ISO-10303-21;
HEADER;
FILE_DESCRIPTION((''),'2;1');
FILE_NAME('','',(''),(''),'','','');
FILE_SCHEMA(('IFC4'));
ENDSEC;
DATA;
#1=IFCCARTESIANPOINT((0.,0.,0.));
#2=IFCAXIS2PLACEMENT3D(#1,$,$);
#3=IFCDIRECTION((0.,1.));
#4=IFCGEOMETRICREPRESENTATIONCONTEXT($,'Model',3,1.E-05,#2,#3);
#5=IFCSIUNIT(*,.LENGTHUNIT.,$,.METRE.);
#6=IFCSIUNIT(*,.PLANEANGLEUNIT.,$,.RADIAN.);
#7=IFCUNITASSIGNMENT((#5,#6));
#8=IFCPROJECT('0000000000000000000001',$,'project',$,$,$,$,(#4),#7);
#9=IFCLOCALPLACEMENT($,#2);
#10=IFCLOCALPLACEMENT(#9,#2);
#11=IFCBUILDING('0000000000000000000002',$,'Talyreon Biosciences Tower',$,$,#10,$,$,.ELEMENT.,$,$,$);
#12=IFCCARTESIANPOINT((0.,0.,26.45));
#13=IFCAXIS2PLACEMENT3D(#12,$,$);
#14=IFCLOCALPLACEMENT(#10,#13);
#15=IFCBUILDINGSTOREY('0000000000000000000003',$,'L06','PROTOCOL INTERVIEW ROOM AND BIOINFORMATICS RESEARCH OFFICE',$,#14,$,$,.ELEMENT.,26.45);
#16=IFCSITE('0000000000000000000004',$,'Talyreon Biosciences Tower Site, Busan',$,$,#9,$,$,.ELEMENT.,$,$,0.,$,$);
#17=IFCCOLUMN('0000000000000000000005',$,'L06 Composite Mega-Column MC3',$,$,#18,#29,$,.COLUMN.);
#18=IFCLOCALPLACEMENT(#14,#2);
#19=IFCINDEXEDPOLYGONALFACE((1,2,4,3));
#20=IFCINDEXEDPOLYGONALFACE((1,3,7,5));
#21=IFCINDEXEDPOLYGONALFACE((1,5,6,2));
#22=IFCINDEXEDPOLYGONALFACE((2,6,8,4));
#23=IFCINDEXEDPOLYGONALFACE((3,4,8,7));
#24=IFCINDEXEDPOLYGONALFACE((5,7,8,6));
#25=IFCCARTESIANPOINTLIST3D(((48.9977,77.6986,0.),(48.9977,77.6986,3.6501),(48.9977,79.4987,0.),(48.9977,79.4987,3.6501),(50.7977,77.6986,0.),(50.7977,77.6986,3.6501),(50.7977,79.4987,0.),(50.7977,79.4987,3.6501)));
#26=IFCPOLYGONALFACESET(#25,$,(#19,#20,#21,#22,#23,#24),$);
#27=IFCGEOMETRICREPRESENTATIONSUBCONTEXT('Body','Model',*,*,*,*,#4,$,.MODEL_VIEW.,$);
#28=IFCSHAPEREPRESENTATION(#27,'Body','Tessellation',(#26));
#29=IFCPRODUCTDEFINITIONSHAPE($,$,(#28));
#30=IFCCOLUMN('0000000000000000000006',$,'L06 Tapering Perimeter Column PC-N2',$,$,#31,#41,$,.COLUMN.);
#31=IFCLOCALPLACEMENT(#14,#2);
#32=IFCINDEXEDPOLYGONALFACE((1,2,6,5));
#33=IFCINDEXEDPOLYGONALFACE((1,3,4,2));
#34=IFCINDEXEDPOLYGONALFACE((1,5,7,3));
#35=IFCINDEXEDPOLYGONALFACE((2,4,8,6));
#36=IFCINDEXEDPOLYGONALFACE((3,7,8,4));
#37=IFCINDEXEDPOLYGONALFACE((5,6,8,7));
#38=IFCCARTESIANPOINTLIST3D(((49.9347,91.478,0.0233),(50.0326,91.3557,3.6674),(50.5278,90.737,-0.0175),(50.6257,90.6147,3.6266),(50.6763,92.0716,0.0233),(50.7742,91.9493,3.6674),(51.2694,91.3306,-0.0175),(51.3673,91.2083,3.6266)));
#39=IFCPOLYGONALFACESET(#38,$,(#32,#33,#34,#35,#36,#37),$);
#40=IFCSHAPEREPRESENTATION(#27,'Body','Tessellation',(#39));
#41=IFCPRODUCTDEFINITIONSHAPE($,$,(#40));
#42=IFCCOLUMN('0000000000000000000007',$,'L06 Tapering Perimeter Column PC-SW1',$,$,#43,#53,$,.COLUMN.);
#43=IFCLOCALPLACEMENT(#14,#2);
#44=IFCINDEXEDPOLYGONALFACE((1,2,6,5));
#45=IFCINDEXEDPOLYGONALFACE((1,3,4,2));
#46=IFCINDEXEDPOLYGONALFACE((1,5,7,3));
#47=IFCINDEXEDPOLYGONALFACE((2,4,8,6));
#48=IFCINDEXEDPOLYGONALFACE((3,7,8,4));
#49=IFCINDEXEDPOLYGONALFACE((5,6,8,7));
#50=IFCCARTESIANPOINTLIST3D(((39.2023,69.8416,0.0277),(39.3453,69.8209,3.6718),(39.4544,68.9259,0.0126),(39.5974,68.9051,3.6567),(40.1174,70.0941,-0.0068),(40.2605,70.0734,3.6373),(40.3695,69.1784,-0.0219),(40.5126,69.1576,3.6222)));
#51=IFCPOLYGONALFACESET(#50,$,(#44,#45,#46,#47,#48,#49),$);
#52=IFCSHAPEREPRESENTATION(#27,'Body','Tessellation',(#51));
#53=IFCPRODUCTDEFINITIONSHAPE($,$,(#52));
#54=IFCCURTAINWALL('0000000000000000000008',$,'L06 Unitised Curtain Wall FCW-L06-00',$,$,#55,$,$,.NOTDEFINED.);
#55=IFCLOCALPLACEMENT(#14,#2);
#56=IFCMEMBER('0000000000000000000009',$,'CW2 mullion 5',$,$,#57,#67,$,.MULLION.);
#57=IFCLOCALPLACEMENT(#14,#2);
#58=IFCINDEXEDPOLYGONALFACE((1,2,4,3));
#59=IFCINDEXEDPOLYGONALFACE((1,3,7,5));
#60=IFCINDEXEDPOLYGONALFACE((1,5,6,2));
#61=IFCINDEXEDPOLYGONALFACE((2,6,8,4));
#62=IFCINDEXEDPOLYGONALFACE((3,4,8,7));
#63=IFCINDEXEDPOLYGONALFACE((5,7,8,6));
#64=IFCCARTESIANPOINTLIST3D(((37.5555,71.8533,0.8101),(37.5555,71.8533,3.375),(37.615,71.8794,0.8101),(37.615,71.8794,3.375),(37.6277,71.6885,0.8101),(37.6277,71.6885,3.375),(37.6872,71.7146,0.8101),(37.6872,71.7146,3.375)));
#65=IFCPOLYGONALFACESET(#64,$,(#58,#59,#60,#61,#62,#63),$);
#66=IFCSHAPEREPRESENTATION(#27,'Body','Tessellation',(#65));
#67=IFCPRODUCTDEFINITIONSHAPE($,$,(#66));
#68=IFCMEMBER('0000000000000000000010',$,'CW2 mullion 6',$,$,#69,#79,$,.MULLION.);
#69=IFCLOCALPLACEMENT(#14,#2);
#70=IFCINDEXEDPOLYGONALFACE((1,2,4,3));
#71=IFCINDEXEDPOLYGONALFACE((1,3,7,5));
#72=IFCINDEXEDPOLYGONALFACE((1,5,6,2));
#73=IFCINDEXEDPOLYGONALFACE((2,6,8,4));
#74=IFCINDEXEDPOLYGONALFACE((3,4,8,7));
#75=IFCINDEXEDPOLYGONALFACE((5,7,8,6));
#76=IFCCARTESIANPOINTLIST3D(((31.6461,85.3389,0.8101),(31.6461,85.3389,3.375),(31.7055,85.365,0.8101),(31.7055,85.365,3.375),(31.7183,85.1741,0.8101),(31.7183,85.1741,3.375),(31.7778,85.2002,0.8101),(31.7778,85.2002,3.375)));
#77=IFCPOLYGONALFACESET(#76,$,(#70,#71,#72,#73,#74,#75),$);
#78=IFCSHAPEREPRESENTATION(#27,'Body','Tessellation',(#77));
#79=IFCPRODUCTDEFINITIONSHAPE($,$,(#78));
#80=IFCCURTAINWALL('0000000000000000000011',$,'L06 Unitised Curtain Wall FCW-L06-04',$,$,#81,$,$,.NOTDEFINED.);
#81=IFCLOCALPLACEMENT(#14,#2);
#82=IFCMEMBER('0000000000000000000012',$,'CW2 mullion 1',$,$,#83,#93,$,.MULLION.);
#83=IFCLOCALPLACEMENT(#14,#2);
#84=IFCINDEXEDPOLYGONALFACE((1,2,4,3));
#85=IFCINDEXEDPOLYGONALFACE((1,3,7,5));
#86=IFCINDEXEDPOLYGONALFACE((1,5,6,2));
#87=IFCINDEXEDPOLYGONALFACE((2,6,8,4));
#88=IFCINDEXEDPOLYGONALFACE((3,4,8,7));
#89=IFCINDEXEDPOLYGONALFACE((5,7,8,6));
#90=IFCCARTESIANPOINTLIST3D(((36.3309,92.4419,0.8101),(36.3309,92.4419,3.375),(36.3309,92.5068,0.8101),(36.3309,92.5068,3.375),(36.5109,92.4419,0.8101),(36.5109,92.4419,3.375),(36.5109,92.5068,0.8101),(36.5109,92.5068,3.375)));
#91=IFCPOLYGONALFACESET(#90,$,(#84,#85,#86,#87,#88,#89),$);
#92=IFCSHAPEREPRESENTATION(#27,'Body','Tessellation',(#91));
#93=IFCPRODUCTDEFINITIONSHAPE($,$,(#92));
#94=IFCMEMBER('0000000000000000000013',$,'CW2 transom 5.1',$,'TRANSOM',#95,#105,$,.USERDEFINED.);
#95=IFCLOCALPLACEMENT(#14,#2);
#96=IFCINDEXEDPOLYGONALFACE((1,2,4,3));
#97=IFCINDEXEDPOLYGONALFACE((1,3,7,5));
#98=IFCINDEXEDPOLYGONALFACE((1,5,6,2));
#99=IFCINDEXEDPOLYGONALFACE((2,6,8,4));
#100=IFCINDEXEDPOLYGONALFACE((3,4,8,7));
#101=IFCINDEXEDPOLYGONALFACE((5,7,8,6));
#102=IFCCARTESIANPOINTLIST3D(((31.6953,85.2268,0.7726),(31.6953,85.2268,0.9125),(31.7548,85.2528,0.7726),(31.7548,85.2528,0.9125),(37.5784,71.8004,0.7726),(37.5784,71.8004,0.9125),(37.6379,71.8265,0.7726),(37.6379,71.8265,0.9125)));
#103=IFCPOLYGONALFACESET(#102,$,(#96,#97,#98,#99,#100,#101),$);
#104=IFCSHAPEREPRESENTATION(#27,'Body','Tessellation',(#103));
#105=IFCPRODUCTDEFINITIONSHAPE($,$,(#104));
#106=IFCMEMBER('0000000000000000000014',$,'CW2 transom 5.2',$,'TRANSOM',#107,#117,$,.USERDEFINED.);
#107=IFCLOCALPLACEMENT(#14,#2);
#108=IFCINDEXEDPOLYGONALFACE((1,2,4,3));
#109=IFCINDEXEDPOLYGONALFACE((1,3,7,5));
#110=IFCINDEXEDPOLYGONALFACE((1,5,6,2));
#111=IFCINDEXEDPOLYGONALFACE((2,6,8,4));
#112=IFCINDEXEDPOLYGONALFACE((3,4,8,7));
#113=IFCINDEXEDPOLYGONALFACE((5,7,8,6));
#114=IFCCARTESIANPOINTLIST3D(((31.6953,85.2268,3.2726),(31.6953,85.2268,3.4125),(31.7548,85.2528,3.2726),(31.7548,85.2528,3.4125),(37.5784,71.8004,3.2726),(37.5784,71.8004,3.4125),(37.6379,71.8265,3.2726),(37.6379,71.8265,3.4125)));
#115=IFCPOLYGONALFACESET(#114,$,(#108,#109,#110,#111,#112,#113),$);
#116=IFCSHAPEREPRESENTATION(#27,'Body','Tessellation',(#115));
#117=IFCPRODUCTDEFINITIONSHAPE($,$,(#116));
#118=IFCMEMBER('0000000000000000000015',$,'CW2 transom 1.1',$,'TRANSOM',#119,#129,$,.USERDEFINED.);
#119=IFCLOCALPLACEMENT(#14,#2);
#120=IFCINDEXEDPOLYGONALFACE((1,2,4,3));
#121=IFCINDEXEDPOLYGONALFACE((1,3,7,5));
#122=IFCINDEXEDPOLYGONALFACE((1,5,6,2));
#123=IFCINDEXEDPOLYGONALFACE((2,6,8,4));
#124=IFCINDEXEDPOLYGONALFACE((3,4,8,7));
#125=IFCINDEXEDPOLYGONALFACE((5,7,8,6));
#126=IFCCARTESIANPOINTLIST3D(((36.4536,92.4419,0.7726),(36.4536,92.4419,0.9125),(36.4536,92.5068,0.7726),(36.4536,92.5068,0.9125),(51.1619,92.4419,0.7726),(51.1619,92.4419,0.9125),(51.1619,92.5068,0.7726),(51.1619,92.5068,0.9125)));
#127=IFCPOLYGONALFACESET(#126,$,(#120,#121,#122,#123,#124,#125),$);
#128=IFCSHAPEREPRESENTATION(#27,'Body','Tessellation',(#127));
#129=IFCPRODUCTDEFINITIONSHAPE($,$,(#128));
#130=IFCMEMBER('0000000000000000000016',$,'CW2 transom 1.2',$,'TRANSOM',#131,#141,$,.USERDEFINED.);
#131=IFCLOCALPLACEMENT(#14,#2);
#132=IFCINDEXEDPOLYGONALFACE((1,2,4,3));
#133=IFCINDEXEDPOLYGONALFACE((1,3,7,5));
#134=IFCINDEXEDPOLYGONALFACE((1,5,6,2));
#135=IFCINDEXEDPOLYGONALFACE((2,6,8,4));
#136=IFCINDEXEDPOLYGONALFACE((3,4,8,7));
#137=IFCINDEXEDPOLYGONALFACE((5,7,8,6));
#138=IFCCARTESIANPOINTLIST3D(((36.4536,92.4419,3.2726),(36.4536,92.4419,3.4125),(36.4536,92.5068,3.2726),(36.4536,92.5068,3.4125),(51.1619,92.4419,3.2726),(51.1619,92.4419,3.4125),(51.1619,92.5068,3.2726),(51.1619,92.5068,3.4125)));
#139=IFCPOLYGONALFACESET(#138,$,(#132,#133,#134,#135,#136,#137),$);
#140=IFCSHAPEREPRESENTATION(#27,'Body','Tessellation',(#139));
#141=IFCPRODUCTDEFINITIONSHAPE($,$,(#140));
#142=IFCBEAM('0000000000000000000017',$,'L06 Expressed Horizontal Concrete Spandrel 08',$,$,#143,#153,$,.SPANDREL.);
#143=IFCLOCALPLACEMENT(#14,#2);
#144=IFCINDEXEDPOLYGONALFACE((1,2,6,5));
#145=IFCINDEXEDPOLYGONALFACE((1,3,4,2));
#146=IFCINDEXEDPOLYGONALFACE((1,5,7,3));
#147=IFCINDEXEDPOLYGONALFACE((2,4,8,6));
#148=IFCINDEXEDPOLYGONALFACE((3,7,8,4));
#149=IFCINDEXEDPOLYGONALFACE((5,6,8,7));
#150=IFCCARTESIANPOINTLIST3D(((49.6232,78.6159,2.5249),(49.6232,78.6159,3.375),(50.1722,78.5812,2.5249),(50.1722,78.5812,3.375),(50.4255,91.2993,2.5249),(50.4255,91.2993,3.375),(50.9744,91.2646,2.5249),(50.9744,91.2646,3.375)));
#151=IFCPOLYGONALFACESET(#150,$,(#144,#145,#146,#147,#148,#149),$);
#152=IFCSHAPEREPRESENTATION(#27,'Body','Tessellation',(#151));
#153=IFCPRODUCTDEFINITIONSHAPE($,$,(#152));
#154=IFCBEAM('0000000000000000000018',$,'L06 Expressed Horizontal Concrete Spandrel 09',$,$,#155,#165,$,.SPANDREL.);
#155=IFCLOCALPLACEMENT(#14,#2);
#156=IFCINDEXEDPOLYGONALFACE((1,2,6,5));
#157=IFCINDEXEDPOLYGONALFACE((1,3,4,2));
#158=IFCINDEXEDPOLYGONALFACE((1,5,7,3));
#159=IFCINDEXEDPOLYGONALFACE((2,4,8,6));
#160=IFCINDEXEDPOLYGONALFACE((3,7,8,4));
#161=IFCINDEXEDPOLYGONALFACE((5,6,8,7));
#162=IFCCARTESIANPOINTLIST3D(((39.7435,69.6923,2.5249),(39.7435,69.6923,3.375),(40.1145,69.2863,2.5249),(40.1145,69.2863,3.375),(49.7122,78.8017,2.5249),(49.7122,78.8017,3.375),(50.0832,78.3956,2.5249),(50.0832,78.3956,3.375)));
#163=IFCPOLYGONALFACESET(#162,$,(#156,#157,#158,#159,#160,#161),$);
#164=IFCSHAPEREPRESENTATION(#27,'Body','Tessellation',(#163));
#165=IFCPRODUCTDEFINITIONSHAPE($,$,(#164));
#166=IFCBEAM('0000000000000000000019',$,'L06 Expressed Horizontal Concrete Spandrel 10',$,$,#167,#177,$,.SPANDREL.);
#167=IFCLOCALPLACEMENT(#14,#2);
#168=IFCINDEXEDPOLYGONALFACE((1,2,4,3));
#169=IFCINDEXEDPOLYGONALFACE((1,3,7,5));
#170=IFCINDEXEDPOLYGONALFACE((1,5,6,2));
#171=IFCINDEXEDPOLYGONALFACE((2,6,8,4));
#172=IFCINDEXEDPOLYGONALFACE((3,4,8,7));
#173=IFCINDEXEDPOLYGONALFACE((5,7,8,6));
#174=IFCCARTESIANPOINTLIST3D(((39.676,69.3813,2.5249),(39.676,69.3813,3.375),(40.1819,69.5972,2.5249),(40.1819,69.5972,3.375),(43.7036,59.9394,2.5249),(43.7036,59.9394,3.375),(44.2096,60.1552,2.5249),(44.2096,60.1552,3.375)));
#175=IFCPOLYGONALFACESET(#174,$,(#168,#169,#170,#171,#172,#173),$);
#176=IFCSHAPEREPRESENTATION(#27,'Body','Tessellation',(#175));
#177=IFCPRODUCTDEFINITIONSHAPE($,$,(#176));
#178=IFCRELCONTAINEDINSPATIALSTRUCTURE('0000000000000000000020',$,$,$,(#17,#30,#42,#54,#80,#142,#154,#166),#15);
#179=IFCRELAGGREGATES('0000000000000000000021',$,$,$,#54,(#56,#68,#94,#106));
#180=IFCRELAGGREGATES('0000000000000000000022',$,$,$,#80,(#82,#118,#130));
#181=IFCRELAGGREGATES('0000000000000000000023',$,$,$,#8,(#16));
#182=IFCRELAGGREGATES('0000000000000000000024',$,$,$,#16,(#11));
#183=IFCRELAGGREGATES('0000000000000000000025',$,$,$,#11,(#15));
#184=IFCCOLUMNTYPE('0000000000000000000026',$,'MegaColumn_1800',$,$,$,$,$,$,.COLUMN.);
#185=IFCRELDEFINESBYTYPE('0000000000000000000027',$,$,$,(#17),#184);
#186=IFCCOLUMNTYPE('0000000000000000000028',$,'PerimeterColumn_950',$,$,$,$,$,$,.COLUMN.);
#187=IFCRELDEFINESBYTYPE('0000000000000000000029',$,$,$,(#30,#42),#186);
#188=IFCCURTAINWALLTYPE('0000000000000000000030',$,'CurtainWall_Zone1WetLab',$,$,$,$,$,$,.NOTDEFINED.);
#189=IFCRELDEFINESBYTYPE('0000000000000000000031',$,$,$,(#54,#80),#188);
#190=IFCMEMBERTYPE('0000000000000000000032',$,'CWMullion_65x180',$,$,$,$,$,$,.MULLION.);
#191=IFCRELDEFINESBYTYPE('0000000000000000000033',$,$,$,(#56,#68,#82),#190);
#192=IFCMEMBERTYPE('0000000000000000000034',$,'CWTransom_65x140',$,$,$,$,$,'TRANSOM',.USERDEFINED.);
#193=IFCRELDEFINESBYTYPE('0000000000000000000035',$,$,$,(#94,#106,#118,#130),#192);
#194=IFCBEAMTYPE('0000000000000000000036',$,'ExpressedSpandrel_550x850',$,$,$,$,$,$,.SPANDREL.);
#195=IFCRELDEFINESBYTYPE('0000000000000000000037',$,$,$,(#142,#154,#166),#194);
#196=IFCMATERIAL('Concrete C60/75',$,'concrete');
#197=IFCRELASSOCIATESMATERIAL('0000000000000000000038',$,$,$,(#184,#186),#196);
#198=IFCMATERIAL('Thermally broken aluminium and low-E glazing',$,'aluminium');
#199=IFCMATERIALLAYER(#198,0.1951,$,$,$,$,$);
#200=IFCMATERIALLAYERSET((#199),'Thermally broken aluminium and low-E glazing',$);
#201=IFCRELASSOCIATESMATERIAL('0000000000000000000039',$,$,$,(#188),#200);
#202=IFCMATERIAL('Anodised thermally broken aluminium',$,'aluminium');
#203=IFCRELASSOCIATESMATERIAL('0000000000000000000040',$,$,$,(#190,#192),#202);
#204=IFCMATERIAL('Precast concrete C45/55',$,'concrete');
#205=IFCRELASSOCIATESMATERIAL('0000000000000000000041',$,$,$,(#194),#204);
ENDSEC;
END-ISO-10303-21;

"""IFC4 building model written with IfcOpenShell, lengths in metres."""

from ifc_helpers import new_model, si_unit, direction, frame, origin, origin_2d, place, context, subcontext, project, spatial, rectangle, extrude, material, layer, layer_set, material_profile, profile_set, type_object, element, aggregate, save


model = new_model("IFC4")

# Units and contexts
model_context = context("Model", 3, precision=1e-05, world=origin(), true_north=direction((0.0, 1.0)))
body_context = subcontext(model_context, "Body", "Model", "MODEL_VIEW")
ifc_project = project(units=[si_unit("LENGTHUNIT", "METRE"), si_unit("PLANEANGLEUNIT", "RADIAN")], contexts=[model_context])

# Site, building, storey
site_placement = place(None, origin())
site = spatial("IfcSite", under=ifc_project, at=site_placement, Name="Talyreon Biosciences Tower Site, Busan", CompositionType="ELEMENT", RefElevation=0.0)
building_placement = place(site_placement, origin())
building = spatial("IfcBuilding", under=site, at=building_placement, Name="Talyreon Biosciences Tower", CompositionType="ELEMENT")
storey_placement = place(building_placement, frame((0.0, 0.0, 26.45)))
storey = spatial("IfcBuildingStorey", under=building, at=storey_placement, Name="L06", Description="PROTOCOL INTERVIEW ROOM AND BIOINFORMATICS RESEARCH OFFICE", CompositionType="ELEMENT", Elevation=26.45)

# Columns
ifc_material_1 = material(Name="Concrete C60/75", Category="concrete")
ifc_material_profile_1 = material_profile(ifc_material_1, rectangle(XDim=1.8, YDim=1.8, at=origin_2d()), Name="RC 1800x1800")
ifc_profile_set_1 = profile_set([ifc_material_profile_1], Name="Concrete C60/75")
column_type_1 = type_object("IfcColumnType", Name="MegaColumn_1800", PredefinedType="COLUMN", material=ifc_profile_set_1)
column_1_placement = place(storey_placement, frame((49.8977, 78.5986, 0.0), z_axis=(0.0, 0.0, 1.0), x_axis=(1.0, 0.0, 0.0)))
element("IfcColumn", 1, at=column_1_placement, inside=storey, type_object=column_type_1, Name="L06 Composite Mega-Column MC3", PredefinedType="COLUMN", context=body_context, shape_type="SweptSolid", body=[
    extrude(rectangle(XDim=1.8, YDim=1.8, at=origin_2d()), origin(), (0.0, 0.0, 1.0), 3.6501),
])
ifc_material_profile_2 = material_profile(ifc_material_1, rectangle(XDim=0.95, YDim=0.95, at=origin_2d()), Name="RC 950x950")
ifc_profile_set_2 = profile_set([ifc_material_profile_2], Name="Concrete C60/75")
column_type_2 = type_object("IfcColumnType", Name="PerimeterColumn_950", PredefinedType="COLUMN", material=ifc_profile_set_2)
column_2_placement = place(storey_placement, frame((50.6021, 91.4043, 0.0029), z_axis=(0.026841, -0.033535, 0.999077), x_axis=(-0.780717, -0.624885, 0.0)))
element("IfcColumn", 2, at=column_2_placement, inside=storey, type_object=column_type_2, Name="L06 Tapering Perimeter Column PC-N2", PredefinedType="COLUMN", context=body_context, shape_type="SweptSolid", body=[
    extrude(rectangle(XDim=0.95, YDim=0.95, at=origin_2d()), origin(), (0.0, 0.0, 1.0), 3.6475),
])
column_3_placement = place(storey_placement, frame((39.7859, 69.51, 0.0029), z_axis=(0.039229, -0.00569, 0.999214), x_axis=(0.963342, 0.265807, -0.036307)))
element("IfcColumn", 3, at=column_3_placement, inside=storey, type_object=column_type_2, Name="L06 Tapering Perimeter Column PC-SW1", PredefinedType="COLUMN", context=body_context, shape_type="SweptSolid", body=[
    extrude(rectangle(XDim=0.95, YDim=0.95, at=origin_2d()), origin(), (0.0, 0.0, 1.0), 3.647),
])

# Curtain wall, members
ifc_material_2 = material(Name="Thermally broken aluminium and low-E glazing", Category="aluminium")
ifc_layer_1 = layer(ifc_material_2, 0.1951)
ifc_layer_set_1 = layer_set([ifc_layer_1], Name="Thermally broken aluminium and low-E glazing")
curtain_wall_type = type_object("IfcCurtainWallType", Name="CurtainWall_Zone1WetLab", PredefinedType="NOTDEFINED", material=ifc_layer_set_1)
curtain_wall_1_placement = place(storey_placement, origin())
curtain_wall_1 = element("IfcCurtainWall", 4, at=curtain_wall_1_placement, inside=storey, type_object=curtain_wall_type, Name="L06 Unitised Curtain Wall FCW-L06-00", PredefinedType="NOTDEFINED")
ifc_material_3 = material(Name="Anodised thermally broken aluminium", Category="aluminium")
ifc_material_profile_3 = material_profile(ifc_material_3, rectangle(XDim=0.0649, YDim=0.1799, at=origin_2d()), Name="ALUM MULLION 65x180")
ifc_profile_set_3 = profile_set([ifc_material_profile_3], Name="Anodised thermally broken aluminium")
member_type_1 = type_object("IfcMemberType", Name="CWMullion_65x180", PredefinedType="MULLION", material=ifc_profile_set_3)
member_1_placement = place(storey_placement, frame((37.6213, 71.7839, 0.8101), z_axis=(0.0, 0.0, 1.0), x_axis=(-0.915927, -0.401345, 0.0)))
member_1 = element("IfcMember", 5, at=member_1_placement, type_object=member_type_1, Name="CW2 mullion 5", PredefinedType="MULLION", context=body_context, shape_type="SweptSolid", body=[
    extrude(rectangle(XDim=0.0649, YDim=0.1799, at=origin_2d()), origin(), (0.0, 0.0, 1.0), 2.5649),
])
member_2_placement = place(storey_placement, frame((31.7119, 85.2695, 0.8101), z_axis=(0.0, 0.0, 1.0), x_axis=(-0.915927, -0.401345, 0.0)))
member_2 = element("IfcMember", 6, at=member_2_placement, type_object=member_type_1, Name="CW2 mullion 6", PredefinedType="MULLION", context=body_context, shape_type="SweptSolid", body=[
    extrude(rectangle(XDim=0.0649, YDim=0.1799, at=origin_2d()), origin(), (0.0, 0.0, 1.0), 2.5649),
])

# Curtain wall, member
curtain_wall_2_placement = place(storey_placement, origin())
curtain_wall_2 = element("IfcCurtainWall", 7, at=curtain_wall_2_placement, inside=storey, type_object=curtain_wall_type, Name="L06 Unitised Curtain Wall FCW-L06-04", PredefinedType="NOTDEFINED")
member_3_placement = place(storey_placement, frame((36.4209, 92.4744, 0.8101), z_axis=(0.0, 0.0, 1.0), x_axis=(0.0, 1.0, 0.0)))
member_3 = element("IfcMember", 8, at=member_3_placement, type_object=member_type_1, Name="CW2 mullion 1", PredefinedType="MULLION", context=body_context, shape_type="SweptSolid", body=[
    extrude(rectangle(XDim=0.0649, YDim=0.1799, at=origin_2d()), origin(), (0.0, 0.0, 1.0), 2.5649),
])

# Members
ifc_material_profile_4 = material_profile(ifc_material_3, rectangle(XDim=0.0649, YDim=0.1399, at=origin_2d()), Name="ALUM TRANSOM 65x140")
ifc_profile_set_4 = profile_set([ifc_material_profile_4], Name="Anodised thermally broken aluminium")
member_type_2 = type_object("IfcMemberType", Name="CWTransom_65x140", ElementType="TRANSOM", PredefinedType="USERDEFINED", material=ifc_profile_set_4)
member_4_placement = place(storey_placement, frame((37.6082, 71.8135, 0.8425), z_axis=(-0.401338, 0.91593, 0.0), x_axis=(-0.91593, -0.401338, 0.0)))
member_4 = element("IfcMember", 9, at=member_4_placement, type_object=member_type_2, Name="CW2 transom 5.1", ObjectType="TRANSOM", PredefinedType="USERDEFINED", context=body_context, shape_type="SweptSolid", body=[
    extrude(rectangle(XDim=0.0649, YDim=0.1399, at=origin_2d()), origin(), (0.0, 0.0, 1.0), 14.6587),
])
member_5_placement = place(storey_placement, frame((37.6082, 71.8135, 3.3425), z_axis=(-0.401338, 0.91593, 0.0), x_axis=(-0.91593, -0.401338, 0.0)))
member_5 = element("IfcMember", 10, at=member_5_placement, type_object=member_type_2, Name="CW2 transom 5.2", ObjectType="TRANSOM", PredefinedType="USERDEFINED", context=body_context, shape_type="SweptSolid", body=[
    extrude(rectangle(XDim=0.0649, YDim=0.1399, at=origin_2d()), origin(), (0.0, 0.0, 1.0), 14.6587),
])
member_6_placement = place(storey_placement, frame((36.4536, 92.4744, 0.8425), z_axis=(1.0, 0.0, 0.0), x_axis=(0.0, 1.0, 0.0)))
member_6 = element("IfcMember", 11, at=member_6_placement, type_object=member_type_2, Name="CW2 transom 1.1", ObjectType="TRANSOM", PredefinedType="USERDEFINED", context=body_context, shape_type="SweptSolid", body=[
    extrude(rectangle(XDim=0.0649, YDim=0.1399, at=origin_2d()), origin(), (0.0, 0.0, 1.0), 14.7083),
])
member_7_placement = place(storey_placement, frame((36.4536, 92.4744, 3.3425), z_axis=(1.0, 0.0, 0.0), x_axis=(0.0, 1.0, 0.0)))
member_7 = element("IfcMember", 12, at=member_7_placement, type_object=member_type_2, Name="CW2 transom 1.2", ObjectType="TRANSOM", PredefinedType="USERDEFINED", context=body_context, shape_type="SweptSolid", body=[
    extrude(rectangle(XDim=0.0649, YDim=0.1399, at=origin_2d()), origin(), (0.0, 0.0, 1.0), 14.7083),
])

# Beams
ifc_material_4 = material(Name="Precast concrete C45/55", Category="concrete")
ifc_material_profile_5 = material_profile(ifc_material_4, rectangle(XDim=0.55, YDim=0.8501, at=origin_2d()), Name="RCB 550x850")
ifc_profile_set_5 = profile_set([ifc_material_profile_5], Name="Precast concrete C45/55")
beam_type_1 = type_object("IfcBeamType", Name="ExpressedSpandrel_550x850", PredefinedType="SPANDREL", material=ifc_profile_set_5)
beam_1_placement = place(storey_placement, frame((50.7, 91.282, 2.95), z_axis=(-0.063126, -0.998006, 0.0), x_axis=(0.998006, -0.063126, 0.0)))
element("IfcBeam", 13, at=beam_1_placement, inside=storey, type_object=beam_type_1, Name="L06 Expressed Horizontal Concrete Spandrel 08", PredefinedType="SPANDREL", context=body_context, shape_type="SweptSolid", body=[
    extrude(rectangle(XDim=0.55, YDim=0.8501, at=origin_2d()), origin(), (0.0, 0.0, 1.0), 12.7087),
])
beam_2_placement = place(storey_placement, frame((49.8977, 78.5986, 2.95), z_axis=(-0.73821, -0.674571, 0.0), x_axis=(0.674571, -0.73821, 0.0)))
element("IfcBeam", 14, at=beam_2_placement, inside=storey, type_object=beam_type_1, Name="L06 Expressed Horizontal Concrete Spandrel 09", PredefinedType="SPANDREL", context=body_context, shape_type="SweptSolid", body=[
    extrude(rectangle(XDim=0.55, YDim=0.8501, at=origin_2d()), origin(), (0.0, 0.0, 1.0), 13.5039),
])
beam_3_placement = place(storey_placement, frame((39.929, 69.4893, 2.95), z_axis=(0.39236, -0.919812, 0.0), x_axis=(0.919812, 0.39236, 0.0)))
element("IfcBeam", 15, at=beam_3_placement, inside=storey, type_object=beam_type_1, Name="L06 Expressed Horizontal Concrete Spandrel 10", PredefinedType="SPANDREL", context=body_context, shape_type="SweptSolid", body=[
    extrude(rectangle(XDim=0.55, YDim=0.8501, at=origin_2d()), origin(), (0.0, 0.0, 1.0), 10.2651),
])

aggregate(curtain_wall_1, [member_1, member_2, member_4, member_5])
aggregate(curtain_wall_2, [member_3, member_6, member_7])

save(model, "model.ifc")
